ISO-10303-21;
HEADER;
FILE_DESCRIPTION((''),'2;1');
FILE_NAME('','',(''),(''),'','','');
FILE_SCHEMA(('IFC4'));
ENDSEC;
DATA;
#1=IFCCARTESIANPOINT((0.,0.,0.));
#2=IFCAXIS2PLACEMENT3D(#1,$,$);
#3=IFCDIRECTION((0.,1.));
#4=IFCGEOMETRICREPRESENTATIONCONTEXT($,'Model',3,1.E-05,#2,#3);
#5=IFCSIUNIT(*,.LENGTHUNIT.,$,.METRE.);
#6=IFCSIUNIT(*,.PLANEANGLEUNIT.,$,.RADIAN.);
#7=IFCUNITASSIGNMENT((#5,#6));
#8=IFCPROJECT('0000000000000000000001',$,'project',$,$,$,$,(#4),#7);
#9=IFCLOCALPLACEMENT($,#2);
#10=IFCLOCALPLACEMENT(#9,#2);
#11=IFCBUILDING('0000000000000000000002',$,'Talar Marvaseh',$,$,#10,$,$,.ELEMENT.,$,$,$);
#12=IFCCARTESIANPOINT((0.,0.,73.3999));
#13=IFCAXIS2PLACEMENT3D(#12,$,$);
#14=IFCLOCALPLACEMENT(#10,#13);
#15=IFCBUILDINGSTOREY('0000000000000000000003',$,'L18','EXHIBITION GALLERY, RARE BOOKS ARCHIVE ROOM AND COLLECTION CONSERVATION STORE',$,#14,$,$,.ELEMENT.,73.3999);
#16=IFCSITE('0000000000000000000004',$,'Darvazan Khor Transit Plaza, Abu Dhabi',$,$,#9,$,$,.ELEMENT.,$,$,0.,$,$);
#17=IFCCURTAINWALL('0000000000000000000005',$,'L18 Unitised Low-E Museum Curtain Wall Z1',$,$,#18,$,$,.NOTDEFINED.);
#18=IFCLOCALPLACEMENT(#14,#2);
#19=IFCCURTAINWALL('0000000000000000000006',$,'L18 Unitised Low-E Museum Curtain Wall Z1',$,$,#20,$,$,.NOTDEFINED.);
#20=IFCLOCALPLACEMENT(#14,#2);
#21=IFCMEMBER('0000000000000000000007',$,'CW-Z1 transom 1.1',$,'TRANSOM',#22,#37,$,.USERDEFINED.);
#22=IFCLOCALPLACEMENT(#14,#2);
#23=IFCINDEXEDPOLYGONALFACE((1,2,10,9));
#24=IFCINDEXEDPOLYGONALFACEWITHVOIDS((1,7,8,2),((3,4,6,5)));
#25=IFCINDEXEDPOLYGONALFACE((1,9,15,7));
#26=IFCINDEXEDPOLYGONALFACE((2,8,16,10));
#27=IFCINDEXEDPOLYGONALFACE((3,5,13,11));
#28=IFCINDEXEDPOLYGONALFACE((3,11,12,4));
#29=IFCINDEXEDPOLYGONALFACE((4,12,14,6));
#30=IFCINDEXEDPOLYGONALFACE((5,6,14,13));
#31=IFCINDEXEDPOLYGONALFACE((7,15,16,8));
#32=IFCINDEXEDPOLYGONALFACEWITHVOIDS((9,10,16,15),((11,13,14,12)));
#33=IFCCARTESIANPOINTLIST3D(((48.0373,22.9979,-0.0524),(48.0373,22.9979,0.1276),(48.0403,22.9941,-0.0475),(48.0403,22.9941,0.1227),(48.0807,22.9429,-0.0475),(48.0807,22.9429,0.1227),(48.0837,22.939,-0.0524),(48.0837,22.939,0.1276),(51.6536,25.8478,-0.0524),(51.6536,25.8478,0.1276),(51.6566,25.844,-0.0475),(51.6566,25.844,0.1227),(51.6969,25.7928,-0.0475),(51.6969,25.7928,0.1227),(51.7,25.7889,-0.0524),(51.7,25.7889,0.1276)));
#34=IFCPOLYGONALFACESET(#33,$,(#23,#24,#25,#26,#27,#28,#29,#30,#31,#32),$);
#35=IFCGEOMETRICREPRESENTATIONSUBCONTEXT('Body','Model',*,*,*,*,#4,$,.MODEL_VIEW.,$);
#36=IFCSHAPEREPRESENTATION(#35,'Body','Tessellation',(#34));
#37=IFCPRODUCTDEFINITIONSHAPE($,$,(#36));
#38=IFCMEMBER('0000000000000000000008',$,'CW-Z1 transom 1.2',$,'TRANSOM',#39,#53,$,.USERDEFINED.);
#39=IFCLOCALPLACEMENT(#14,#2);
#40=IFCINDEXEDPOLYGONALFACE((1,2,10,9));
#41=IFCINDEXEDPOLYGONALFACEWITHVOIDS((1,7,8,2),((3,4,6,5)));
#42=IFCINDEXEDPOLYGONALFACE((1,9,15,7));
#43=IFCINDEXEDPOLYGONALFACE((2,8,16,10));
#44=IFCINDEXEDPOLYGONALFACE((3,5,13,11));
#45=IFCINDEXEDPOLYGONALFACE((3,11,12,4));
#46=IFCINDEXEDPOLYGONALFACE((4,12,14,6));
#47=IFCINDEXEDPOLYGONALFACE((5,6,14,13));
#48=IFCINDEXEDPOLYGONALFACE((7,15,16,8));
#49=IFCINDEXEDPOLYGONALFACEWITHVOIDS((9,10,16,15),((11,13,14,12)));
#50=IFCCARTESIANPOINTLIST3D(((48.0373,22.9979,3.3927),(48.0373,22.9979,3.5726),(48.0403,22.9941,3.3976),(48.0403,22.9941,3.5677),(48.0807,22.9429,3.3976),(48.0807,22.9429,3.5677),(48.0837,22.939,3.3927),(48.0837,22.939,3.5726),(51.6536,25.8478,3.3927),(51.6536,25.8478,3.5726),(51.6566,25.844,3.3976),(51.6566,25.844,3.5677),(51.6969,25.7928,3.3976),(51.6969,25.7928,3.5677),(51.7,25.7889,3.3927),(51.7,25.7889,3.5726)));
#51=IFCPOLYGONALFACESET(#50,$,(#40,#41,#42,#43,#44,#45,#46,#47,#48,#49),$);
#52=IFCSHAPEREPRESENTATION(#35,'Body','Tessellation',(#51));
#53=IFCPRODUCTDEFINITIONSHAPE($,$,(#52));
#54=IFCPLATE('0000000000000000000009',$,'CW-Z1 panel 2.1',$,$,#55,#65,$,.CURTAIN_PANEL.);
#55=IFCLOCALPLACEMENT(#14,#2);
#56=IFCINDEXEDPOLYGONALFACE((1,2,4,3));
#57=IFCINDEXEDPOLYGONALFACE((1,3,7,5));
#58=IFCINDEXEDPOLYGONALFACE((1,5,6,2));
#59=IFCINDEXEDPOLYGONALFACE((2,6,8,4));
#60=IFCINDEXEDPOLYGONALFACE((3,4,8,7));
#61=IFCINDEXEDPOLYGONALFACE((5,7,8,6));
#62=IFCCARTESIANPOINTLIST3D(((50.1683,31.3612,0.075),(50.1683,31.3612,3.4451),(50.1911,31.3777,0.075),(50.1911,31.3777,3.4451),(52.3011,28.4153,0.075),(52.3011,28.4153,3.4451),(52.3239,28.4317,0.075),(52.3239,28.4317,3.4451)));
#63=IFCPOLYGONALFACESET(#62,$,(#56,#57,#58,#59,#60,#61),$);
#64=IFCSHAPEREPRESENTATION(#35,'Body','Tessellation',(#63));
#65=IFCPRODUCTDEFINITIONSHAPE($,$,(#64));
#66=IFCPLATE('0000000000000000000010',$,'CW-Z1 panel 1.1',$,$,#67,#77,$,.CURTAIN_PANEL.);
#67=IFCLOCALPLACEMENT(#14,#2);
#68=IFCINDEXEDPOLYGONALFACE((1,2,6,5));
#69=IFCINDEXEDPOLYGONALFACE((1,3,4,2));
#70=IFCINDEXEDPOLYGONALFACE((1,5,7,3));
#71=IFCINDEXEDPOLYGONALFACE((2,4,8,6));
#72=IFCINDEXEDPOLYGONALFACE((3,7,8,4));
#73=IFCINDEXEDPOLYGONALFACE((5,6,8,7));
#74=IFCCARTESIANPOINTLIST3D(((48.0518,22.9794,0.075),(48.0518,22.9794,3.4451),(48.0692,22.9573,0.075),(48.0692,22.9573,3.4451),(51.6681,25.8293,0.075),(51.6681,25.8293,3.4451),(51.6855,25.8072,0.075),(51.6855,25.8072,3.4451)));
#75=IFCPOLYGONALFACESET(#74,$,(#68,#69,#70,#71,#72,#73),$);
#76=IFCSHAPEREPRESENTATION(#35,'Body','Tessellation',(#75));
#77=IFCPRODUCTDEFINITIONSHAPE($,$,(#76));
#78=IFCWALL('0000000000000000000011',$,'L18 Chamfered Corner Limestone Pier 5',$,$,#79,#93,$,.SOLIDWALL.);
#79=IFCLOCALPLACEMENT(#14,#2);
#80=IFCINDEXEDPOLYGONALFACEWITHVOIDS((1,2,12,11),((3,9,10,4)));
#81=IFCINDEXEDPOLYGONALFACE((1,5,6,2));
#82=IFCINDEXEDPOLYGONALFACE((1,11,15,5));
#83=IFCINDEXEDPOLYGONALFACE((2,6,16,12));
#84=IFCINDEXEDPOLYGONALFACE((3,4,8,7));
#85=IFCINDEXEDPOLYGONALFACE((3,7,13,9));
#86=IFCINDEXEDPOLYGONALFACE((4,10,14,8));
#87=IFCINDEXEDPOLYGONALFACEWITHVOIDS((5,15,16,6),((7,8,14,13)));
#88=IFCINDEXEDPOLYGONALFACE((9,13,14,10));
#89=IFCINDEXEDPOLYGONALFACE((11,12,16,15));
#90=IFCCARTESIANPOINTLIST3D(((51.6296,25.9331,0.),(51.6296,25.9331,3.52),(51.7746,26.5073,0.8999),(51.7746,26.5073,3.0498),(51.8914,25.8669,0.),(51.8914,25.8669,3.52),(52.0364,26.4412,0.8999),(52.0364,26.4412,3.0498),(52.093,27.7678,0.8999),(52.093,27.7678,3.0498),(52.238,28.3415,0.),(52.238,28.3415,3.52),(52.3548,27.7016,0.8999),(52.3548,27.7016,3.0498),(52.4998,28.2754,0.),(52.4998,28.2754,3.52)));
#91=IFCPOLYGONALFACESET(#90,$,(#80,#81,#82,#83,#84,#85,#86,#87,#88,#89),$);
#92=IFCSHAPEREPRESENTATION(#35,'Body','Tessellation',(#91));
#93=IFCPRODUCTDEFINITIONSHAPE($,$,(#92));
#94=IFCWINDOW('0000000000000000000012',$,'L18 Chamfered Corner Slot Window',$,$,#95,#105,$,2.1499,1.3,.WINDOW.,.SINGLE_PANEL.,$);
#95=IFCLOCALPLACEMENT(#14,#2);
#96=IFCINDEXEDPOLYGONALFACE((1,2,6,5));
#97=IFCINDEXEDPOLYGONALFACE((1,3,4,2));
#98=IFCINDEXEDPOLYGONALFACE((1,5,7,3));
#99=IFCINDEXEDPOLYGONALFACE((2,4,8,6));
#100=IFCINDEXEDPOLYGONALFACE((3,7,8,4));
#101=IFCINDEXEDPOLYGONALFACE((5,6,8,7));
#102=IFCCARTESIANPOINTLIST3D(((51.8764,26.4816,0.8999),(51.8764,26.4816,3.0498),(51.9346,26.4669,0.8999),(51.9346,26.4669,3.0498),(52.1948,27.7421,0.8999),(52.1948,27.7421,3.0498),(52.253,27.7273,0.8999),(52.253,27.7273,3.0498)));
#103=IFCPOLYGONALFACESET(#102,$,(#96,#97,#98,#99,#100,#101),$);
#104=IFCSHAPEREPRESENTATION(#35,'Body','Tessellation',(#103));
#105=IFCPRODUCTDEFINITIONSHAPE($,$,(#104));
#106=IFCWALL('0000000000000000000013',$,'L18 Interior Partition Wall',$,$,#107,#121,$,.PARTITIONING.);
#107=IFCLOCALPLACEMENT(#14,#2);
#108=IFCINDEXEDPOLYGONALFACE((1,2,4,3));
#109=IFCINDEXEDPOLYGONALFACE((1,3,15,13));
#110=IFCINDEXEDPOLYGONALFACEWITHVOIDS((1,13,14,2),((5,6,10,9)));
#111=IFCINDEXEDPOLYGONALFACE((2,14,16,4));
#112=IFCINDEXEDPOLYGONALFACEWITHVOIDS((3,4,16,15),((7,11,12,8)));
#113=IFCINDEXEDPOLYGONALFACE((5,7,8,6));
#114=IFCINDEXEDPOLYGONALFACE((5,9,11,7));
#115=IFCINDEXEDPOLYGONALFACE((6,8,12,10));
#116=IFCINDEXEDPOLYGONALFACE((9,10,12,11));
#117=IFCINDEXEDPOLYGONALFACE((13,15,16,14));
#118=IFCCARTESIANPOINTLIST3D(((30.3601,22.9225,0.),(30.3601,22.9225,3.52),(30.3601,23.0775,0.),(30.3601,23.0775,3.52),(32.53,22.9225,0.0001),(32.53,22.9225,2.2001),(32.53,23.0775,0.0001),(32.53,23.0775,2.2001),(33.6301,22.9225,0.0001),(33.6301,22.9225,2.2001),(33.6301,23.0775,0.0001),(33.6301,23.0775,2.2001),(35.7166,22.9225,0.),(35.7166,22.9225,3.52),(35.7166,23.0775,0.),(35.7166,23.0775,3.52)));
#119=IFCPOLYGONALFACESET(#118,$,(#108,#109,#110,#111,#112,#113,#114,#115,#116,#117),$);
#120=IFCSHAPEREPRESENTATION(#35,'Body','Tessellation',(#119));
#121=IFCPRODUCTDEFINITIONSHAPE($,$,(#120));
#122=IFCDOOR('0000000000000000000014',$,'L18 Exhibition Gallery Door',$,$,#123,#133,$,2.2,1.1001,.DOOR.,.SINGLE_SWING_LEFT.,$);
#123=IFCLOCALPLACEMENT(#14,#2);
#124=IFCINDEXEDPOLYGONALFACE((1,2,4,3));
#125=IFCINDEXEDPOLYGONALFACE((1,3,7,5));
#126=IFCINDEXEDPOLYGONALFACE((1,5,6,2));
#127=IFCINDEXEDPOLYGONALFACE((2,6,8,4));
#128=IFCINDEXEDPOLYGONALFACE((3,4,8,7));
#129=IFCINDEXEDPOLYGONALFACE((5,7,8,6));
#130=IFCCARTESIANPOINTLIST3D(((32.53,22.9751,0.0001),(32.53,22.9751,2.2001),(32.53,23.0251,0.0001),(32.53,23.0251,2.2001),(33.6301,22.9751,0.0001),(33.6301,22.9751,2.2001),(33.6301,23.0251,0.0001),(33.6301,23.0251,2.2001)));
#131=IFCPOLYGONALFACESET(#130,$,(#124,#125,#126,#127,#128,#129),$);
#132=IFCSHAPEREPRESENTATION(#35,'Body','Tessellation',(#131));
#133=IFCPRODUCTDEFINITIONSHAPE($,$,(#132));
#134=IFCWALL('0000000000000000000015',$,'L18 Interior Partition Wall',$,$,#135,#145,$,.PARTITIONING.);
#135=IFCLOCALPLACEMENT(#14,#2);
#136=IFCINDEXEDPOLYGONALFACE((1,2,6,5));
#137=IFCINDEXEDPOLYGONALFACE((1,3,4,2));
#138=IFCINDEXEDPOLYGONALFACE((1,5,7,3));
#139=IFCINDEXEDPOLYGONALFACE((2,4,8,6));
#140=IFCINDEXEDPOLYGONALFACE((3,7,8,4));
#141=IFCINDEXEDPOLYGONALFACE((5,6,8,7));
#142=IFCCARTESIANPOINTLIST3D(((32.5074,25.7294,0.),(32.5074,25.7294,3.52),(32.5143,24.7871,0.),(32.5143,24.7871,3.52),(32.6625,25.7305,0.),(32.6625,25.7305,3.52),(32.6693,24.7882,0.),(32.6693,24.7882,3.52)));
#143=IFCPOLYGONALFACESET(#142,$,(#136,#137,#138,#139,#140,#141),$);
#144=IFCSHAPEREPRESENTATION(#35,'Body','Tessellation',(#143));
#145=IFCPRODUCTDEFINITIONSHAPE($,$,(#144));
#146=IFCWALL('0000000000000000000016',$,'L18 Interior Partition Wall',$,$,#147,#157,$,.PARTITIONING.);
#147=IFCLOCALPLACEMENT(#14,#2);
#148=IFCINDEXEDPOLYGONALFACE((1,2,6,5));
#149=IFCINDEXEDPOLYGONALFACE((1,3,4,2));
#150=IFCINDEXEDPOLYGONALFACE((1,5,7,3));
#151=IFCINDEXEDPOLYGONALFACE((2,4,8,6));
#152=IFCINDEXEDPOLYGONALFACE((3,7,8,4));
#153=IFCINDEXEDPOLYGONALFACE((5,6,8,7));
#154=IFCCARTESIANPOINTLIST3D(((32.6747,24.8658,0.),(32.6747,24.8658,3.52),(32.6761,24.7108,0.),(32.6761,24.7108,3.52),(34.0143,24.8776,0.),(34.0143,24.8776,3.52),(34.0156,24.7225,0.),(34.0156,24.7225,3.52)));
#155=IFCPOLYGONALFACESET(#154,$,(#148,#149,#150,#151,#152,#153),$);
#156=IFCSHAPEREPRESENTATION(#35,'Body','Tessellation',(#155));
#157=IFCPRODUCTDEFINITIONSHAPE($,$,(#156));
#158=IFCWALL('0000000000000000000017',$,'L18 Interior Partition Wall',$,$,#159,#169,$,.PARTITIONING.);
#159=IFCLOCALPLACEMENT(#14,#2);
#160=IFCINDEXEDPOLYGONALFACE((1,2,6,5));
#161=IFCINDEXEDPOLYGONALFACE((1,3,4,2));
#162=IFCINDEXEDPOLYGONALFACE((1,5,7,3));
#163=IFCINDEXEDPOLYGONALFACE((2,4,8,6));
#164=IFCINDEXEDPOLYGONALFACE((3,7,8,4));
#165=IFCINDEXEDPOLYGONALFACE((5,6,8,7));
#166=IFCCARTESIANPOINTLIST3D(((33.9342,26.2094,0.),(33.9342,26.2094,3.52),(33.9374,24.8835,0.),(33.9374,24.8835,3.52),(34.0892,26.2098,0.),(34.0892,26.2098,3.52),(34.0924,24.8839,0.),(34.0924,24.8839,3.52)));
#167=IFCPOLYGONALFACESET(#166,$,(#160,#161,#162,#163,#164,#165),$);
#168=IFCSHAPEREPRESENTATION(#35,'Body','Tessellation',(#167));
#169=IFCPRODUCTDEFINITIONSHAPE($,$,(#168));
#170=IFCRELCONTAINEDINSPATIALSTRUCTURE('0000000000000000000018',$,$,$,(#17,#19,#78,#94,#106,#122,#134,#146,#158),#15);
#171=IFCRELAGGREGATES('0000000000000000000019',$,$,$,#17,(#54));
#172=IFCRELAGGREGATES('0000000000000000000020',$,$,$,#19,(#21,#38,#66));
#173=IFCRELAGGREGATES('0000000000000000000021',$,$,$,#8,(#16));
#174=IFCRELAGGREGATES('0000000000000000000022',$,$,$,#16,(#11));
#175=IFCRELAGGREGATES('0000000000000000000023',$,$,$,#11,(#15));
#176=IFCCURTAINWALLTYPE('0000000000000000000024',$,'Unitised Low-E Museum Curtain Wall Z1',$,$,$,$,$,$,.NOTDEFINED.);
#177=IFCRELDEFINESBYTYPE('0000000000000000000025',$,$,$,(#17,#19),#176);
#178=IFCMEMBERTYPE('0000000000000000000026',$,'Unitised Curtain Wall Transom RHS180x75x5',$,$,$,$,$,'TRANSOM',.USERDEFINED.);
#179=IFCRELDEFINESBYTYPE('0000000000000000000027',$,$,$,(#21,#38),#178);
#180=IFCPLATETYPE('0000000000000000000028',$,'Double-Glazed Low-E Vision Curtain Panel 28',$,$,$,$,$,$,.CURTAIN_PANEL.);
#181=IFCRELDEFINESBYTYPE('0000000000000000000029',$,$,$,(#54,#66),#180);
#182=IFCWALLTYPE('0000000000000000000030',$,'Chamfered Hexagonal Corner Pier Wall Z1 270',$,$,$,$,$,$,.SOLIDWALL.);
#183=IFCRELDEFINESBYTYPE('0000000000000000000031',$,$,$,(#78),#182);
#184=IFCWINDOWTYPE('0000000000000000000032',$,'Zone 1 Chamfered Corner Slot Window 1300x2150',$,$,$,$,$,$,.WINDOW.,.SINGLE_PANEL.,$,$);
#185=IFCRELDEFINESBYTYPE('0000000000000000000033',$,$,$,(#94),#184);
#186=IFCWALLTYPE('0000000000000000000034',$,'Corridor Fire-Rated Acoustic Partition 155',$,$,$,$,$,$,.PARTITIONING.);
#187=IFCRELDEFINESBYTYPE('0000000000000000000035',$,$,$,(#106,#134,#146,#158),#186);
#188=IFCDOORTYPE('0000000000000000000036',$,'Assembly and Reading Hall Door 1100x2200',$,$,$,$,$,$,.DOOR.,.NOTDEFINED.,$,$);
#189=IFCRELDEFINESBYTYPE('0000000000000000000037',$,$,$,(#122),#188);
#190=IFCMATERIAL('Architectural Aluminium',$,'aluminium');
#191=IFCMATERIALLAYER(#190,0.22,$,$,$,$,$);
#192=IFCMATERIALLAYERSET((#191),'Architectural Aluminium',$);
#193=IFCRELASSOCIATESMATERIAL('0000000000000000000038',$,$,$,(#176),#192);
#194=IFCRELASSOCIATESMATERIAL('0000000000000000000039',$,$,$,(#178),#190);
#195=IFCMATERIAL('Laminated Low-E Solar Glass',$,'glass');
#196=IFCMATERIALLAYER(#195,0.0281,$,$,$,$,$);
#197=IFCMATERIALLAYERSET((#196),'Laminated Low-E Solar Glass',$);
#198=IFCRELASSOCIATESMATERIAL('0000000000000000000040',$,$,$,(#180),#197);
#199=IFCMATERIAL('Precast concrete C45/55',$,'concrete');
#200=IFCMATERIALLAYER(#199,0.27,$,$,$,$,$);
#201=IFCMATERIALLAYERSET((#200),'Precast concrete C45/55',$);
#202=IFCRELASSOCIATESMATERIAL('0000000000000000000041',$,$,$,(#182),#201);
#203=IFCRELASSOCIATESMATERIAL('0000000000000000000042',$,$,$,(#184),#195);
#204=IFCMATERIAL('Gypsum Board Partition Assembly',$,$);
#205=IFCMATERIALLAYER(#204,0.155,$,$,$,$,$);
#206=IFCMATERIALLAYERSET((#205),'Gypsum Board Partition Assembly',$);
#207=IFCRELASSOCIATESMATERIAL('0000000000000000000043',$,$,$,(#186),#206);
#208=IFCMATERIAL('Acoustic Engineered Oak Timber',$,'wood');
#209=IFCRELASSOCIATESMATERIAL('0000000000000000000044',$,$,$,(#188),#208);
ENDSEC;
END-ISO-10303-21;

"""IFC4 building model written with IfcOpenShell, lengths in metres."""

from ifc_helpers import new_model, si_unit, direction, frame, frame_2d, origin, origin_2d, place, context, subcontext, project, spatial, rectangle, hollow_rectangle, extrude, source, transform, mapped, material, layer, layer_set, material_profile, profile_set, type_object, type_shapes, element, fill, aggregate, save


model = new_model("IFC4")

# Units and contexts
model_context = context("Model", 3, precision=1e-05, world=origin(), true_north=direction((0.0, 1.0)))
body_context = subcontext(model_context, "Body", "Model", "MODEL_VIEW")
ifc_project = project(units=[si_unit("LENGTHUNIT", "METRE"), si_unit("PLANEANGLEUNIT", "RADIAN")], contexts=[model_context])

# Site, building, storey
site_placement = place(None, origin())
site = spatial("IfcSite", under=ifc_project, at=site_placement, Name="Darvazan Khor Transit Plaza, Abu Dhabi", CompositionType="ELEMENT", RefElevation=0.0)
building_placement = place(site_placement, origin())
building = spatial("IfcBuilding", under=site, at=building_placement, Name="Talar Marvaseh", CompositionType="ELEMENT")
storey_placement = place(building_placement, frame((0.0, 0.0, 73.3999)))
storey = spatial("IfcBuildingStorey", under=building, at=storey_placement, Name="L18", Description="EXHIBITION GALLERY, RARE BOOKS ARCHIVE ROOM AND COLLECTION CONSERVATION STORE", CompositionType="ELEMENT", Elevation=73.3999)

# Curtain walls
ifc_material_1 = material(Name="Architectural Aluminium", Category="aluminium")
ifc_layer_1 = layer(ifc_material_1, 0.22)
ifc_layer_set_1 = layer_set([ifc_layer_1], Name="Architectural Aluminium")
curtain_wall_type = type_object("IfcCurtainWallType", Name="Unitised Low-E Museum Curtain Wall Z1", PredefinedType="NOTDEFINED", material=ifc_layer_set_1)
curtain_wall_1_placement = place(storey_placement, origin())
curtain_wall_1 = element("IfcCurtainWall", 1, at=curtain_wall_1_placement, inside=storey, type_object=curtain_wall_type, Name="L18 Unitised Low-E Museum Curtain Wall Z1", PredefinedType="NOTDEFINED")
curtain_wall_2_placement = place(storey_placement, origin())
curtain_wall_2 = element("IfcCurtainWall", 2, at=curtain_wall_2_placement, inside=storey, type_object=curtain_wall_type, Name="L18 Unitised Low-E Museum Curtain Wall Z1", PredefinedType="NOTDEFINED")

# Members
ifc_material_profile_1 = material_profile(ifc_material_1, hollow_rectangle(XDim=0.075, YDim=0.1799, WallThickness=0.0049, at=origin_2d()), Name="RHS180x75x5")
ifc_profile_set_1 = profile_set([ifc_material_profile_1], Name="Architectural Aluminium")
member_type_1 = type_object("IfcMemberType", Name="Unitised Curtain Wall Transom RHS180x75x5", ElementType="TRANSOM", PredefinedType="USERDEFINED", material=ifc_profile_set_1)
shared_shape_1 = source(origin(), body_context, "Body", "SweptSolid", [
    extrude(hollow_rectangle(XDim=0.075, YDim=0.1799, WallThickness=0.0049, at=origin_2d()), origin(), (0.0, 0.0, 1.0), 4.6042),
])
member_1_placement = place(storey_placement, frame((51.6768, 25.8184, 0.0376), z_axis=(-0.785416, -0.618968, 0.0), x_axis=(0.618968, -0.785416, 0.0)))
member_1 = element("IfcMember", 3, at=member_1_placement, type_object=member_type_1, Name="CW-Z1 transom 1.1", ObjectType="TRANSOM", PredefinedType="USERDEFINED", context=body_context, shape_type="MappedRepresentation", body=[
    mapped(shared_shape_1, transform((0.0, 0.0, 0.0), x_axis=(1.0, 0.0, 0.0), y_axis=(0.0, 1.0, 0.0), z_axis=(0.0, 0.0, 1.0), scale=1.0)),
])
member_2_placement = place(storey_placement, frame((51.6768, 25.8184, 3.4827), z_axis=(-0.785416, -0.618968, 0.0), x_axis=(0.618968, -0.785416, 0.0)))
member_2 = element("IfcMember", 4, at=member_2_placement, type_object=member_type_1, Name="CW-Z1 transom 1.2", ObjectType="TRANSOM", PredefinedType="USERDEFINED", context=body_context, shape_type="MappedRepresentation", body=[
    mapped(shared_shape_1, transform((0.0, 0.0, 0.0), x_axis=(1.0, 0.0, 0.0), y_axis=(0.0, 1.0, 0.0), z_axis=(0.0, 0.0, 1.0), scale=1.0)),
])

# Plates
ifc_material_2 = material(Name="Laminated Low-E Solar Glass", Category="glass")
ifc_layer_2 = layer(ifc_material_2, 0.0281)
ifc_layer_set_2 = layer_set([ifc_layer_2], Name="Laminated Low-E Solar Glass")
plate_type = type_object("IfcPlateType", Name="Double-Glazed Low-E Vision Curtain Panel 28", PredefinedType="CURTAIN_PANEL", material=ifc_layer_set_2)
shared_shape_2 = source(origin(), body_context, "Body", "SweptSolid", [
    extrude(rectangle(XDim=3.637, YDim=0.0281, at=origin_2d()), origin(), (0.0, 0.0, 1.0), 3.3701),
])
plate_1_placement = place(storey_placement, frame((51.2461, 29.8965, 0.075), z_axis=(0.0, 0.0, 1.0), x_axis=(0.586421, -0.810007, 0.0)))
plate_1 = element("IfcPlate", 5, at=plate_1_placement, type_object=plate_type, Name="CW-Z1 panel 2.1", PredefinedType="CURTAIN_PANEL", context=body_context, shape_type="MappedRepresentation", body=[
    mapped(shared_shape_2, transform((0.0, 0.0, 0.0), x_axis=(1.0, 0.0, 0.0), y_axis=(0.0, 1.0, 0.0), z_axis=(0.0, 0.0, 1.0), scale=1.0)),
])
aggregate(curtain_wall_1, [plate_1])
shared_shape_3 = source(origin(), body_context, "Body", "SweptSolid", [
    extrude(rectangle(XDim=4.6042, YDim=0.0281, at=origin_2d()), origin(), (0.0, 0.0, 1.0), 3.3701),
])
type_shapes(plate_type, [shared_shape_2, shared_shape_3])
plate_2_placement = place(storey_placement, frame((49.8687, 24.3933, 0.075), z_axis=(0.0, 0.0, 1.0), x_axis=(-0.785413, -0.618972, 0.0)))
plate_2 = element("IfcPlate", 6, at=plate_2_placement, type_object=plate_type, Name="CW-Z1 panel 1.1", PredefinedType="CURTAIN_PANEL", context=body_context, shape_type="MappedRepresentation", body=[
    mapped(shared_shape_3, transform((0.0, 0.0, 0.0), x_axis=(1.0, 0.0, 0.0), y_axis=(0.0, 1.0, 0.0), z_axis=(0.0, 0.0, 1.0), scale=1.0)),
])
aggregate(curtain_wall_2, [member_1, member_2, plate_2])

# Wall, opening, window
ifc_material_3 = material(Name="Precast concrete C45/55", Category="concrete")
ifc_layer_3 = layer(ifc_material_3, 0.27)
ifc_layer_set_3 = layer_set([ifc_layer_3], Name="Precast concrete C45/55")
wall_type_1 = type_object("IfcWallType", Name="Chamfered Hexagonal Corner Pier Wall Z1 270", PredefinedType="SOLIDWALL", material=ifc_layer_set_3)
wall_1_placement = place(storey_placement, frame((52.3689, 28.3086, 0.0), z_axis=(0.0, 0.0, 1.0), x_axis=(-0.244917, -0.969544, 0.0)))
wall_1 = element("IfcWall", 7, at=wall_1_placement, inside=storey, type_object=wall_type_1, Name="L18 Chamfered Corner Limestone Pier 5", PredefinedType="SOLIDWALL", context=body_context, shape_type="SweptSolid", body=[
    extrude(rectangle(XDim=2.4841, YDim=0.27, at=frame_2d((1.2422, 0.0))), origin(), (0.0, 0.0, 1.0), 3.52),
])
opening_1_placement = place(wall_1_placement, frame((0.592, 0.0, 0.8999)))
opening_1 = element("IfcOpeningElement", 8, at=opening_1_placement, cuts=wall_1, PredefinedType="OPENING", context=body_context, shape_type="SweptSolid", body=[
    extrude(rectangle(XDim=1.3, YDim=2.1499, at=frame_2d((0.6499, 1.075))), frame((0.0, 0.145, 0.0), z_axis=(0.0, -1.0, 0.0), x_axis=(1.0, 0.0, 0.0)), (0.0, 0.0, 1.0), 0.29),
])
window_type = type_object("IfcWindowType", Name="Zone 1 Chamfered Corner Slot Window 1300x2150", PartitioningType="SINGLE_PANEL", PredefinedType="WINDOW", material=ifc_material_2)
shared_shape_4 = source(origin(), body_context, "Body", "SweptSolid", [
    extrude(rectangle(XDim=1.3, YDim=2.1499, at=frame_2d((0.6499, 1.075))), frame((0.0, 0.03, 0.0), z_axis=(0.0, -1.0, 0.0), x_axis=(1.0, 0.0, 0.0)), (0.0, 0.0, 1.0), 0.0601),
])
type_shapes(window_type, [shared_shape_4])
window_placement = place(opening_1_placement, origin())
window = element("IfcWindow", 9, at=window_placement, inside=storey, type_object=window_type, Name="L18 Chamfered Corner Slot Window", OverallHeight=2.1499, OverallWidth=1.3, PartitioningType="SINGLE_PANEL", PredefinedType="WINDOW", context=body_context, shape_type="MappedRepresentation", body=[
    mapped(shared_shape_4, transform((0.0, 0.0, 0.0), x_axis=(1.0, 0.0, 0.0), y_axis=(0.0, 1.0, 0.0), z_axis=(0.0, 0.0, 1.0), scale=1.0)),
])
fill(opening_1, window)

# Wall, opening, door
ifc_material_4 = material(Name="Gypsum Board Partition Assembly")
ifc_layer_4 = layer(ifc_material_4, 0.155)
ifc_layer_set_4 = layer_set([ifc_layer_4], Name="Gypsum Board Partition Assembly")
wall_type_2 = type_object("IfcWallType", Name="Corridor Fire-Rated Acoustic Partition 155", PredefinedType="PARTITIONING", material=ifc_layer_set_4)
wall_2_placement = place(storey_placement, frame((35.7166, 23.0, 0.0), z_axis=(0.0, 0.0, 1.0), x_axis=(-1.0, 0.0, 0.0)))
wall_2 = element("IfcWall", 10, at=wall_2_placement, inside=storey, type_object=wall_type_2, Name="L18 Interior Partition Wall", PredefinedType="PARTITIONING", context=body_context, shape_type="SweptSolid", body=[
    extrude(rectangle(XDim=5.3564, YDim=0.155, at=frame_2d((2.6782, 0.0))), origin(), (0.0, 0.0, 1.0), 3.52),
])
opening_2_placement = place(wall_2_placement, frame((2.0864, 0.0, 0.0)))
opening_2 = element("IfcOpeningElement", 11, at=opening_2_placement, cuts=wall_2, PredefinedType="OPENING", context=body_context, shape_type="SweptSolid", body=[
    extrude(rectangle(XDim=1.1001, YDim=2.2, at=frame_2d((0.55, 1.1001))), frame((0.0, 0.0874, 0.0), z_axis=(0.0, -1.0, 0.0), x_axis=(1.0, 0.0, 0.0)), (0.0, 0.0, 1.0), 0.175),
])
ifc_material_5 = material(Name="Acoustic Engineered Oak Timber", Category="wood")
door_type_1 = type_object("IfcDoorType", Name="Assembly and Reading Hall Door 1100x2200", OperationType="NOTDEFINED", PredefinedType="DOOR", material=ifc_material_5)
shared_shape_5 = source(origin(), body_context, "Body", "SweptSolid", [
    extrude(rectangle(XDim=1.1001, YDim=2.2, at=frame_2d((0.55, 1.1001))), frame((0.0, 0.0249, 0.0), z_axis=(0.0, -1.0, 0.0), x_axis=(1.0, 0.0, 0.0)), (0.0, 0.0, 1.0), 0.05),
])
type_shapes(door_type_1, [shared_shape_5])
door_1_placement = place(opening_2_placement, origin())
door_1 = element("IfcDoor", 12, at=door_1_placement, inside=storey, type_object=door_type_1, Name="L18 Exhibition Gallery Door", OperationType="SINGLE_SWING_LEFT", OverallHeight=2.2, OverallWidth=1.1001, PredefinedType="DOOR", context=body_context, shape_type="MappedRepresentation", body=[
    mapped(shared_shape_5, transform((0.0, 0.0, 0.0), x_axis=(1.0, 0.0, 0.0), y_axis=(0.0, 1.0, 0.0), z_axis=(0.0, 0.0, 1.0), scale=1.0)),
])
fill(opening_2, door_1)

# Walls
wall_3_placement = place(storey_placement, frame((32.585, 25.73, 0.0), z_axis=(0.0, 0.0, 1.0), x_axis=(0.007254, -0.999974, 0.0)))
element("IfcWall", 13, at=wall_3_placement, inside=storey, type_object=wall_type_2, Name="L18 Interior Partition Wall", PredefinedType="PARTITIONING", context=body_context, shape_type="SweptSolid", body=[
    extrude(rectangle(XDim=0.9424, YDim=0.155, at=frame_2d((0.4712, 0.0))), origin(), (0.0, 0.0, 1.0), 3.52),
])
wall_4_placement = place(storey_placement, frame((32.6753, 24.7883, 0.0), z_axis=(0.0, 0.0, 1.0), x_axis=(0.999962, 0.008748, 0.0)))
element("IfcWall", 14, at=wall_4_placement, inside=storey, type_object=wall_type_2, Name="L18 Interior Partition Wall", PredefinedType="PARTITIONING", context=body_context, shape_type="SweptSolid", body=[
    extrude(rectangle(XDim=1.3396, YDim=0.155, at=frame_2d((0.6699, 0.0))), origin(), (0.0, 0.0, 1.0), 3.52),
])
wall_5_placement = place(storey_placement, frame((34.0149, 24.8835, 0.0), z_axis=(0.0, 0.0, 1.0), x_axis=(-0.002394, 0.999997, 0.0)))
element("IfcWall", 15, at=wall_5_placement, inside=storey, type_object=wall_type_2, Name="L18 Interior Partition Wall", PredefinedType="PARTITIONING", context=body_context, shape_type="SweptSolid", body=[
    extrude(rectangle(XDim=1.3259, YDim=0.155, at=frame_2d((0.6631, 0.0))), origin(), (0.0, 0.0, 1.0), 3.52),
])

save(model, "model.ifc")
